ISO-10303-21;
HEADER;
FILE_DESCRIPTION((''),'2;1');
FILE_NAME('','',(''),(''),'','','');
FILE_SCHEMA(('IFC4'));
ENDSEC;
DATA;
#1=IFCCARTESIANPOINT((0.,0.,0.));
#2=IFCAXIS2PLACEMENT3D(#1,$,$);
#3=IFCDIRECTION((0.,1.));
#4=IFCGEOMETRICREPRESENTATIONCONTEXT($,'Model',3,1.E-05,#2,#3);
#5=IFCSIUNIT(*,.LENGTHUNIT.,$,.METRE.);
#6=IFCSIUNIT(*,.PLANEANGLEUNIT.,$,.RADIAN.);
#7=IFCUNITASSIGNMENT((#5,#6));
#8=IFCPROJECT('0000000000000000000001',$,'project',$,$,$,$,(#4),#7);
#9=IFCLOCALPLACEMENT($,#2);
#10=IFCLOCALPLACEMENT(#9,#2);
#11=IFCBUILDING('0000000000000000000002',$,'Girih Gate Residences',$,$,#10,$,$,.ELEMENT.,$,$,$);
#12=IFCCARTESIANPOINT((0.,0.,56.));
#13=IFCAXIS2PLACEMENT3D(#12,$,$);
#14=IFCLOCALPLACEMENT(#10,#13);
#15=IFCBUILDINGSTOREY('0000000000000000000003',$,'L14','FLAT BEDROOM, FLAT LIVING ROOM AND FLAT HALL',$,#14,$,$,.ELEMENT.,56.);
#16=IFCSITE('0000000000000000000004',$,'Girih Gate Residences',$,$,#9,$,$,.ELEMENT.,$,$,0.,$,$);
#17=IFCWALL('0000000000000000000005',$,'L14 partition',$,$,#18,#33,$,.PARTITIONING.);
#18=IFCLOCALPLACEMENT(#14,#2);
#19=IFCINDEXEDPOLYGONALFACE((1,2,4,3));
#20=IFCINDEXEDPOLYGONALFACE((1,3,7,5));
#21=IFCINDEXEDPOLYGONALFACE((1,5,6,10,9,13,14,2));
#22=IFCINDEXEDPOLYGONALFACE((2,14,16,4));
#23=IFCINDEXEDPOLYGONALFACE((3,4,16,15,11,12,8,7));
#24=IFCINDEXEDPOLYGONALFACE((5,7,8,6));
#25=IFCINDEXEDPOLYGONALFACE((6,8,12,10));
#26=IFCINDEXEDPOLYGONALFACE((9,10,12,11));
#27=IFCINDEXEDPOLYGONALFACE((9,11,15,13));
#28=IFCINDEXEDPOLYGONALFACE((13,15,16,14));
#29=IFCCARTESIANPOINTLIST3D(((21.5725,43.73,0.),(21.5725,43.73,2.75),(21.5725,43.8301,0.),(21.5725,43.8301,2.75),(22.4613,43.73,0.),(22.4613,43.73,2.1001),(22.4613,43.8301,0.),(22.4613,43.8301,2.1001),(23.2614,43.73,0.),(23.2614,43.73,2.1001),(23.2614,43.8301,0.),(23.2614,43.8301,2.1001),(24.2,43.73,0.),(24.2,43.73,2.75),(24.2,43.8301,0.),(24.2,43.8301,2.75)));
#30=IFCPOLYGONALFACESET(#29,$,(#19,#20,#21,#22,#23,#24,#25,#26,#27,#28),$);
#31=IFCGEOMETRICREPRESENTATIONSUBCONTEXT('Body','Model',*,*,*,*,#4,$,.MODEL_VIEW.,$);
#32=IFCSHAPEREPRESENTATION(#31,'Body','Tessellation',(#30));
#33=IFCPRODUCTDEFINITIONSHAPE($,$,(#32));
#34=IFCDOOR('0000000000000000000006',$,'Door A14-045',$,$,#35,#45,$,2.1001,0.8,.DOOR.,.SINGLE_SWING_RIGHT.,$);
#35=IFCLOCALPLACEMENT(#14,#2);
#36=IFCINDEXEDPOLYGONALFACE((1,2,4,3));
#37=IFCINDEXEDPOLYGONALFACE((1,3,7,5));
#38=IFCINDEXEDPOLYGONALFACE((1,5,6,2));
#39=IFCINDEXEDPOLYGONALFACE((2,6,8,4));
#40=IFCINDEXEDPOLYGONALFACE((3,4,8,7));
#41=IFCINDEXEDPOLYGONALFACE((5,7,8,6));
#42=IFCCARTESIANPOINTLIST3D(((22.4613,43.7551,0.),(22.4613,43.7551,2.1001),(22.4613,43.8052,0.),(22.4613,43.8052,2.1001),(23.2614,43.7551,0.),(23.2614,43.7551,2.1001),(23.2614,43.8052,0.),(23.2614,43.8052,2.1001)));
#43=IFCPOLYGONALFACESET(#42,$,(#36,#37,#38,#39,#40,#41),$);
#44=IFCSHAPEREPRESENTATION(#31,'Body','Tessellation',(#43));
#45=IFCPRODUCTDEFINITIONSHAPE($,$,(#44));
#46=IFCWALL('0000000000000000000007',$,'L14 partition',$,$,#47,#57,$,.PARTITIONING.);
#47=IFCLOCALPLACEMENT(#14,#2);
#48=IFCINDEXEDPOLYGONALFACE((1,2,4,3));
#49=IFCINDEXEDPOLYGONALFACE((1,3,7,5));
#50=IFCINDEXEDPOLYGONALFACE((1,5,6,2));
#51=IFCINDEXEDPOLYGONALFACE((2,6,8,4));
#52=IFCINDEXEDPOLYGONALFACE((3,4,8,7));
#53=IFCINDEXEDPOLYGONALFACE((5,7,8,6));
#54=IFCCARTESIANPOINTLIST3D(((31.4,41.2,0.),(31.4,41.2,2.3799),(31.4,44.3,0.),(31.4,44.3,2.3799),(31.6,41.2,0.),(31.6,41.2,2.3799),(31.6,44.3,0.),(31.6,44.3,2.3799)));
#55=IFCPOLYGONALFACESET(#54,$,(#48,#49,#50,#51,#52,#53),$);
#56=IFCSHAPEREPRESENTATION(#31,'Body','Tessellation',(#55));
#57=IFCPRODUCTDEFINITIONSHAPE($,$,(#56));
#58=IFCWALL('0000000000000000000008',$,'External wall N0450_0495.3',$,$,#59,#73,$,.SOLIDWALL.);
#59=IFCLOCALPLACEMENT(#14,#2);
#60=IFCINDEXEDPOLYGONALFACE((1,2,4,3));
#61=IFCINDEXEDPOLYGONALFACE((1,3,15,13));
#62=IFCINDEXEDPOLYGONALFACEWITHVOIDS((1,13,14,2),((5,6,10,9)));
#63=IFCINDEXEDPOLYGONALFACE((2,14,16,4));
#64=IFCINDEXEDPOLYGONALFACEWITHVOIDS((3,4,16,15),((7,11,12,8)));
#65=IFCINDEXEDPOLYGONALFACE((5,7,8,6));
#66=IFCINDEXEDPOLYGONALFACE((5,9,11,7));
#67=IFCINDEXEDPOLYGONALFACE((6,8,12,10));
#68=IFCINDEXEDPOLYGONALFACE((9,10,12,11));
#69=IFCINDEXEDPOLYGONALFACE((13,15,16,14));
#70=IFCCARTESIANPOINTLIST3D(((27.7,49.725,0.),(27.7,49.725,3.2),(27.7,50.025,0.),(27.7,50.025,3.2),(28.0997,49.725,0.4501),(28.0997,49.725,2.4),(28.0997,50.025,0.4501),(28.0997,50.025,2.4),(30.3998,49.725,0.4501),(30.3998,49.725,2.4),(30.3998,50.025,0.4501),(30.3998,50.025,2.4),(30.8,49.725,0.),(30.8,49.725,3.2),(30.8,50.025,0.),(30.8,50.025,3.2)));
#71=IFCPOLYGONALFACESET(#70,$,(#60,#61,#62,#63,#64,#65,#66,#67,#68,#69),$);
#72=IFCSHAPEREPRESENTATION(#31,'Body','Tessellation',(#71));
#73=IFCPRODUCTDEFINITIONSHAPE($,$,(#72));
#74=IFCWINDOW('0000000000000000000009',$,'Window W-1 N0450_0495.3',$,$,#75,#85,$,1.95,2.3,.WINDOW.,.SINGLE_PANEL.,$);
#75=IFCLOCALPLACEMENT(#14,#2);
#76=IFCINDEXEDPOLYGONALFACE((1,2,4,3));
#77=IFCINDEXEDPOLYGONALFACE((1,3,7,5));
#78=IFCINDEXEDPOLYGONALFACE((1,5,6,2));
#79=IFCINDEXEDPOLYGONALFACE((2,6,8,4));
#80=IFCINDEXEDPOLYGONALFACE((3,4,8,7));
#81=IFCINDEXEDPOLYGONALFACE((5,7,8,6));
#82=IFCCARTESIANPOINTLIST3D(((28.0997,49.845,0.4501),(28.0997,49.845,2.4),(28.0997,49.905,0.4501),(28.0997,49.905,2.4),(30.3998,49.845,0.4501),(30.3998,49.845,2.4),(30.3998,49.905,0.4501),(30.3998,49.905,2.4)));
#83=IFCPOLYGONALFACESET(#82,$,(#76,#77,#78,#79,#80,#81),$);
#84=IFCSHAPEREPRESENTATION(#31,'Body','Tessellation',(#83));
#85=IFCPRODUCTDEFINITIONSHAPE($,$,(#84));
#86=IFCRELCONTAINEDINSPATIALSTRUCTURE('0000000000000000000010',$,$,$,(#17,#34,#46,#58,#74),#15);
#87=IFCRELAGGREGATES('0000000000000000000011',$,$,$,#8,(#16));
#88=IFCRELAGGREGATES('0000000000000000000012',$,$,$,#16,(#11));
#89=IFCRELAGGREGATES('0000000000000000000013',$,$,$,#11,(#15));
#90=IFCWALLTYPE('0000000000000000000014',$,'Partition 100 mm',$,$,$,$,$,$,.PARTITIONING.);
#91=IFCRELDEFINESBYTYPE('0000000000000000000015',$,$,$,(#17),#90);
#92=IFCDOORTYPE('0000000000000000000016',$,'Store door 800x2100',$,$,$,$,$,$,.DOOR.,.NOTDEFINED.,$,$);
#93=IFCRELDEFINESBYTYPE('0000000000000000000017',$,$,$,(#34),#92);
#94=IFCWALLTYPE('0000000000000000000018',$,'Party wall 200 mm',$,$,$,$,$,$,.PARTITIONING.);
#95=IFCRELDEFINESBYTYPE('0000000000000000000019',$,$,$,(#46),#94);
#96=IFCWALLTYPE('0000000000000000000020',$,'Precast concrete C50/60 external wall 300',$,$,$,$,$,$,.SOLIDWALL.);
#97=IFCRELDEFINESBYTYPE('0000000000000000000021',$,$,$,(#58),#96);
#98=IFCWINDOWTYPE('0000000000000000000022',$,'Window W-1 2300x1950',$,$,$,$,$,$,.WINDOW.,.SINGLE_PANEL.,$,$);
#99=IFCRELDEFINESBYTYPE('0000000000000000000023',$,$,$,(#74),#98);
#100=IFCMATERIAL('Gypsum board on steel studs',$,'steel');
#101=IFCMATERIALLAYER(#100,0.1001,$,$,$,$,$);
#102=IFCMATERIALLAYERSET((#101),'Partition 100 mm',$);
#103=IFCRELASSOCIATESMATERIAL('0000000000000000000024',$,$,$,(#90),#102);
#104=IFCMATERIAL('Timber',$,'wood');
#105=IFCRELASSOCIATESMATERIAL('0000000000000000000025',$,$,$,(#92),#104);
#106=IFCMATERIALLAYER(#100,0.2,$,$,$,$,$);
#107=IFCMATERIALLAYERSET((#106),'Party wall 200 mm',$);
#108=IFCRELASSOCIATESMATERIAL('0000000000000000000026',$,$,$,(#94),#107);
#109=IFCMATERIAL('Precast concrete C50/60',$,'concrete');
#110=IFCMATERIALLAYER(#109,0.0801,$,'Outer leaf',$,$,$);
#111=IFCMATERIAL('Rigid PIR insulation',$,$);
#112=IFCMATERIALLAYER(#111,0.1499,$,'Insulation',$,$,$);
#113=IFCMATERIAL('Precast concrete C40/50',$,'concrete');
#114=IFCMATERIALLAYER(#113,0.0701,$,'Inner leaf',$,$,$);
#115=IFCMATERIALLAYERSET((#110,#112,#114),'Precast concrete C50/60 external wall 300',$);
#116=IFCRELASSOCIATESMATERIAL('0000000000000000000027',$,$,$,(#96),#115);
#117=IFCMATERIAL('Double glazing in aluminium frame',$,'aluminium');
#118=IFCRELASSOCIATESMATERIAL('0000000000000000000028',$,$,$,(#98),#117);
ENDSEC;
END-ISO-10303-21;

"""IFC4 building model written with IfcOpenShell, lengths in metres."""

from ifc_helpers import new_model, si_unit, direction, frame, frame_2d, origin, place, context, subcontext, project, spatial, rectangle, extrude, material, layer, layer_set, type_object, element, fill, save


model = new_model("IFC4")

# Units and contexts
model_context = context("Model", 3, precision=1e-05, world=origin(), true_north=direction((0.0, 1.0)))
body_context = subcontext(model_context, "Body", "Model", "MODEL_VIEW")
ifc_project = project(units=[si_unit("LENGTHUNIT", "METRE"), si_unit("PLANEANGLEUNIT", "RADIAN")], contexts=[model_context])

# Site, building, storey
site_placement = place(None, origin())
site = spatial("IfcSite", under=ifc_project, at=site_placement, Name="Girih Gate Residences", CompositionType="ELEMENT", RefElevation=0.0)
building_placement = place(site_placement, origin())
building = spatial("IfcBuilding", under=site, at=building_placement, Name="Girih Gate Residences", CompositionType="ELEMENT")
storey_placement = place(building_placement, frame((0.0, 0.0, 56.0)))
storey = spatial("IfcBuildingStorey", under=building, at=storey_placement, Name="L14", Description="FLAT BEDROOM, FLAT LIVING ROOM AND FLAT HALL", CompositionType="ELEMENT", Elevation=56.0)

# Shared definitions
ifc_material_1 = material(Name="Gypsum board on steel studs", Category="steel")
ifc_layer_1 = layer(ifc_material_1, 0.1001)
ifc_layer_set_1 = layer_set([ifc_layer_1], Name="Partition 100 mm")
wall_type_1 = type_object("IfcWallType", Name="Partition 100 mm", PredefinedType="PARTITIONING", material=ifc_layer_set_1)

# Wall, opening, door
ifc_material_2 = material(Name="Timber", Category="wood")
door_type_1 = type_object("IfcDoorType", Name="Store door 800x2100", OperationType="NOTDEFINED", PredefinedType="DOOR", material=ifc_material_2)
wall_1_placement = place(storey_placement, frame((24.2, 43.78, 0.0), z_axis=(0.0, 0.0, 1.0), x_axis=(-1.0, 0.0, 0.0)))
wall_1 = element("IfcWall", 1, at=wall_1_placement, inside=storey, type_object=wall_type_1, Name="L14 partition", PredefinedType="PARTITIONING", context=body_context, shape_type="SweptSolid", body=[
    extrude(rectangle(XDim=2.6274, YDim=0.1001, at=frame_2d((1.3137, 0.0))), origin(), (0.0, 0.0, 1.0), 2.75),
])
opening_1_placement = place(wall_1_placement, frame((0.9387, 0.0, 0.0)))
opening_1 = element("IfcOpeningElement", 2, at=opening_1_placement, cuts=wall_1, PredefinedType="OPENING", context=body_context, shape_type="SweptSolid", body=[
    extrude(rectangle(XDim=0.8, YDim=2.1001, at=frame_2d((0.3999, 1.05))), frame((0.0, 0.0601, 0.0), z_axis=(0.0, -1.0, 0.0), x_axis=(1.0, 0.0, 0.0)), (0.0, 0.0, 1.0), 0.1201),
])
door_1_placement = place(opening_1_placement, origin())
door_1 = element("IfcDoor", 3, at=door_1_placement, inside=storey, type_object=door_type_1, Name="Door A14-045", OperationType="SINGLE_SWING_RIGHT", OverallHeight=2.1001, OverallWidth=0.8, PredefinedType="DOOR", context=body_context, shape_type="SweptSolid", body=[
    extrude(rectangle(XDim=0.8, YDim=2.1001, at=frame_2d((0.3999, 1.05))), frame((0.0, 0.0249, 0.0), z_axis=(0.0, -1.0, 0.0), x_axis=(1.0, 0.0, 0.0)), (0.0, 0.0, 1.0), 0.05),
])
fill(opening_1, door_1)

# Wall
ifc_layer_2 = layer(ifc_material_1, 0.2)
ifc_layer_set_2 = layer_set([ifc_layer_2], Name="Party wall 200 mm")
wall_type_2 = type_object("IfcWallType", Name="Party wall 200 mm", PredefinedType="PARTITIONING", material=ifc_layer_set_2)
wall_2_placement = place(storey_placement, frame((31.5, 41.2, 0.0), z_axis=(0.0, 0.0, 1.0), x_axis=(0.0, 1.0, 0.0)))
element("IfcWall", 4, at=wall_2_placement, inside=storey, type_object=wall_type_2, Name="L14 partition", PredefinedType="PARTITIONING", context=body_context, shape_type="SweptSolid", body=[
    extrude(rectangle(XDim=3.1001, YDim=0.2, at=frame_2d((1.55, 0.0))), origin(), (0.0, 0.0, 1.0), 2.3799),
])

# Wall, opening, window
ifc_material_3 = material(Name="Precast concrete C50/60", Category="concrete")
ifc_layer_3 = layer(ifc_material_3, 0.0801, Name="Outer leaf")
ifc_material_4 = material(Name="Rigid PIR insulation")
ifc_layer_4 = layer(ifc_material_4, 0.1499, Name="Insulation")
ifc_material_5 = material(Name="Precast concrete C40/50", Category="concrete")
ifc_layer_5 = layer(ifc_material_5, 0.0701, Name="Inner leaf")
ifc_layer_set_3 = layer_set([ifc_layer_3, ifc_layer_4, ifc_layer_5], Name="Precast concrete C50/60 external wall 300")
wall_type_3 = type_object("IfcWallType", Name="Precast concrete C50/60 external wall 300", PredefinedType="SOLIDWALL", material=ifc_layer_set_3)
wall_3_placement = place(storey_placement, frame((27.7, 49.875, 0.0), z_axis=(0.0, 0.0, 1.0), x_axis=(1.0, 0.0, 0.0)))
wall_3 = element("IfcWall", 5, at=wall_3_placement, inside=storey, type_object=wall_type_3, Name="External wall N0450_0495.3", PredefinedType="SOLIDWALL", context=body_context, shape_type="SweptSolid", body=[
    extrude(rectangle(XDim=3.1001, YDim=0.3, at=frame_2d((1.55, 0.0))), origin(), (0.0, 0.0, 1.0), 3.2),
])
opening_2_placement = place(wall_3_placement, frame((0.3999, 0.0, 0.45)))
opening_2 = element("IfcOpeningElement", 6, at=opening_2_placement, cuts=wall_3, PredefinedType="OPENING", context=body_context, shape_type="SweptSolid", body=[
    extrude(rectangle(XDim=2.3, YDim=1.95, at=frame_2d((1.1499, 0.9751))), frame((0.0, 0.1599, 0.0), z_axis=(0.0, -1.0, 0.0), x_axis=(1.0, 0.0, 0.0)), (0.0, 0.0, 1.0), 0.3201),
])
ifc_material_6 = material(Name="Double glazing in aluminium frame", Category="aluminium")
window_type = type_object("IfcWindowType", Name="Window W-1 2300x1950", PartitioningType="SINGLE_PANEL", PredefinedType="WINDOW", material=ifc_material_6)
window_placement = place(opening_2_placement, origin())
window = element("IfcWindow", 7, at=window_placement, inside=storey, type_object=window_type, Name="Window W-1 N0450_0495.3", OverallHeight=1.95, OverallWidth=2.3, PartitioningType="SINGLE_PANEL", PredefinedType="WINDOW", context=body_context, shape_type="SweptSolid", body=[
    extrude(rectangle(XDim=2.3, YDim=1.95, at=frame_2d((1.1499, 0.9751))), frame((0.0, 0.03, 0.0), z_axis=(0.0, -1.0, 0.0), x_axis=(1.0, 0.0, 0.0)), (0.0, 0.0, 1.0), 0.0601),
])
fill(opening_2, window)

save(model, "model.ifc")
